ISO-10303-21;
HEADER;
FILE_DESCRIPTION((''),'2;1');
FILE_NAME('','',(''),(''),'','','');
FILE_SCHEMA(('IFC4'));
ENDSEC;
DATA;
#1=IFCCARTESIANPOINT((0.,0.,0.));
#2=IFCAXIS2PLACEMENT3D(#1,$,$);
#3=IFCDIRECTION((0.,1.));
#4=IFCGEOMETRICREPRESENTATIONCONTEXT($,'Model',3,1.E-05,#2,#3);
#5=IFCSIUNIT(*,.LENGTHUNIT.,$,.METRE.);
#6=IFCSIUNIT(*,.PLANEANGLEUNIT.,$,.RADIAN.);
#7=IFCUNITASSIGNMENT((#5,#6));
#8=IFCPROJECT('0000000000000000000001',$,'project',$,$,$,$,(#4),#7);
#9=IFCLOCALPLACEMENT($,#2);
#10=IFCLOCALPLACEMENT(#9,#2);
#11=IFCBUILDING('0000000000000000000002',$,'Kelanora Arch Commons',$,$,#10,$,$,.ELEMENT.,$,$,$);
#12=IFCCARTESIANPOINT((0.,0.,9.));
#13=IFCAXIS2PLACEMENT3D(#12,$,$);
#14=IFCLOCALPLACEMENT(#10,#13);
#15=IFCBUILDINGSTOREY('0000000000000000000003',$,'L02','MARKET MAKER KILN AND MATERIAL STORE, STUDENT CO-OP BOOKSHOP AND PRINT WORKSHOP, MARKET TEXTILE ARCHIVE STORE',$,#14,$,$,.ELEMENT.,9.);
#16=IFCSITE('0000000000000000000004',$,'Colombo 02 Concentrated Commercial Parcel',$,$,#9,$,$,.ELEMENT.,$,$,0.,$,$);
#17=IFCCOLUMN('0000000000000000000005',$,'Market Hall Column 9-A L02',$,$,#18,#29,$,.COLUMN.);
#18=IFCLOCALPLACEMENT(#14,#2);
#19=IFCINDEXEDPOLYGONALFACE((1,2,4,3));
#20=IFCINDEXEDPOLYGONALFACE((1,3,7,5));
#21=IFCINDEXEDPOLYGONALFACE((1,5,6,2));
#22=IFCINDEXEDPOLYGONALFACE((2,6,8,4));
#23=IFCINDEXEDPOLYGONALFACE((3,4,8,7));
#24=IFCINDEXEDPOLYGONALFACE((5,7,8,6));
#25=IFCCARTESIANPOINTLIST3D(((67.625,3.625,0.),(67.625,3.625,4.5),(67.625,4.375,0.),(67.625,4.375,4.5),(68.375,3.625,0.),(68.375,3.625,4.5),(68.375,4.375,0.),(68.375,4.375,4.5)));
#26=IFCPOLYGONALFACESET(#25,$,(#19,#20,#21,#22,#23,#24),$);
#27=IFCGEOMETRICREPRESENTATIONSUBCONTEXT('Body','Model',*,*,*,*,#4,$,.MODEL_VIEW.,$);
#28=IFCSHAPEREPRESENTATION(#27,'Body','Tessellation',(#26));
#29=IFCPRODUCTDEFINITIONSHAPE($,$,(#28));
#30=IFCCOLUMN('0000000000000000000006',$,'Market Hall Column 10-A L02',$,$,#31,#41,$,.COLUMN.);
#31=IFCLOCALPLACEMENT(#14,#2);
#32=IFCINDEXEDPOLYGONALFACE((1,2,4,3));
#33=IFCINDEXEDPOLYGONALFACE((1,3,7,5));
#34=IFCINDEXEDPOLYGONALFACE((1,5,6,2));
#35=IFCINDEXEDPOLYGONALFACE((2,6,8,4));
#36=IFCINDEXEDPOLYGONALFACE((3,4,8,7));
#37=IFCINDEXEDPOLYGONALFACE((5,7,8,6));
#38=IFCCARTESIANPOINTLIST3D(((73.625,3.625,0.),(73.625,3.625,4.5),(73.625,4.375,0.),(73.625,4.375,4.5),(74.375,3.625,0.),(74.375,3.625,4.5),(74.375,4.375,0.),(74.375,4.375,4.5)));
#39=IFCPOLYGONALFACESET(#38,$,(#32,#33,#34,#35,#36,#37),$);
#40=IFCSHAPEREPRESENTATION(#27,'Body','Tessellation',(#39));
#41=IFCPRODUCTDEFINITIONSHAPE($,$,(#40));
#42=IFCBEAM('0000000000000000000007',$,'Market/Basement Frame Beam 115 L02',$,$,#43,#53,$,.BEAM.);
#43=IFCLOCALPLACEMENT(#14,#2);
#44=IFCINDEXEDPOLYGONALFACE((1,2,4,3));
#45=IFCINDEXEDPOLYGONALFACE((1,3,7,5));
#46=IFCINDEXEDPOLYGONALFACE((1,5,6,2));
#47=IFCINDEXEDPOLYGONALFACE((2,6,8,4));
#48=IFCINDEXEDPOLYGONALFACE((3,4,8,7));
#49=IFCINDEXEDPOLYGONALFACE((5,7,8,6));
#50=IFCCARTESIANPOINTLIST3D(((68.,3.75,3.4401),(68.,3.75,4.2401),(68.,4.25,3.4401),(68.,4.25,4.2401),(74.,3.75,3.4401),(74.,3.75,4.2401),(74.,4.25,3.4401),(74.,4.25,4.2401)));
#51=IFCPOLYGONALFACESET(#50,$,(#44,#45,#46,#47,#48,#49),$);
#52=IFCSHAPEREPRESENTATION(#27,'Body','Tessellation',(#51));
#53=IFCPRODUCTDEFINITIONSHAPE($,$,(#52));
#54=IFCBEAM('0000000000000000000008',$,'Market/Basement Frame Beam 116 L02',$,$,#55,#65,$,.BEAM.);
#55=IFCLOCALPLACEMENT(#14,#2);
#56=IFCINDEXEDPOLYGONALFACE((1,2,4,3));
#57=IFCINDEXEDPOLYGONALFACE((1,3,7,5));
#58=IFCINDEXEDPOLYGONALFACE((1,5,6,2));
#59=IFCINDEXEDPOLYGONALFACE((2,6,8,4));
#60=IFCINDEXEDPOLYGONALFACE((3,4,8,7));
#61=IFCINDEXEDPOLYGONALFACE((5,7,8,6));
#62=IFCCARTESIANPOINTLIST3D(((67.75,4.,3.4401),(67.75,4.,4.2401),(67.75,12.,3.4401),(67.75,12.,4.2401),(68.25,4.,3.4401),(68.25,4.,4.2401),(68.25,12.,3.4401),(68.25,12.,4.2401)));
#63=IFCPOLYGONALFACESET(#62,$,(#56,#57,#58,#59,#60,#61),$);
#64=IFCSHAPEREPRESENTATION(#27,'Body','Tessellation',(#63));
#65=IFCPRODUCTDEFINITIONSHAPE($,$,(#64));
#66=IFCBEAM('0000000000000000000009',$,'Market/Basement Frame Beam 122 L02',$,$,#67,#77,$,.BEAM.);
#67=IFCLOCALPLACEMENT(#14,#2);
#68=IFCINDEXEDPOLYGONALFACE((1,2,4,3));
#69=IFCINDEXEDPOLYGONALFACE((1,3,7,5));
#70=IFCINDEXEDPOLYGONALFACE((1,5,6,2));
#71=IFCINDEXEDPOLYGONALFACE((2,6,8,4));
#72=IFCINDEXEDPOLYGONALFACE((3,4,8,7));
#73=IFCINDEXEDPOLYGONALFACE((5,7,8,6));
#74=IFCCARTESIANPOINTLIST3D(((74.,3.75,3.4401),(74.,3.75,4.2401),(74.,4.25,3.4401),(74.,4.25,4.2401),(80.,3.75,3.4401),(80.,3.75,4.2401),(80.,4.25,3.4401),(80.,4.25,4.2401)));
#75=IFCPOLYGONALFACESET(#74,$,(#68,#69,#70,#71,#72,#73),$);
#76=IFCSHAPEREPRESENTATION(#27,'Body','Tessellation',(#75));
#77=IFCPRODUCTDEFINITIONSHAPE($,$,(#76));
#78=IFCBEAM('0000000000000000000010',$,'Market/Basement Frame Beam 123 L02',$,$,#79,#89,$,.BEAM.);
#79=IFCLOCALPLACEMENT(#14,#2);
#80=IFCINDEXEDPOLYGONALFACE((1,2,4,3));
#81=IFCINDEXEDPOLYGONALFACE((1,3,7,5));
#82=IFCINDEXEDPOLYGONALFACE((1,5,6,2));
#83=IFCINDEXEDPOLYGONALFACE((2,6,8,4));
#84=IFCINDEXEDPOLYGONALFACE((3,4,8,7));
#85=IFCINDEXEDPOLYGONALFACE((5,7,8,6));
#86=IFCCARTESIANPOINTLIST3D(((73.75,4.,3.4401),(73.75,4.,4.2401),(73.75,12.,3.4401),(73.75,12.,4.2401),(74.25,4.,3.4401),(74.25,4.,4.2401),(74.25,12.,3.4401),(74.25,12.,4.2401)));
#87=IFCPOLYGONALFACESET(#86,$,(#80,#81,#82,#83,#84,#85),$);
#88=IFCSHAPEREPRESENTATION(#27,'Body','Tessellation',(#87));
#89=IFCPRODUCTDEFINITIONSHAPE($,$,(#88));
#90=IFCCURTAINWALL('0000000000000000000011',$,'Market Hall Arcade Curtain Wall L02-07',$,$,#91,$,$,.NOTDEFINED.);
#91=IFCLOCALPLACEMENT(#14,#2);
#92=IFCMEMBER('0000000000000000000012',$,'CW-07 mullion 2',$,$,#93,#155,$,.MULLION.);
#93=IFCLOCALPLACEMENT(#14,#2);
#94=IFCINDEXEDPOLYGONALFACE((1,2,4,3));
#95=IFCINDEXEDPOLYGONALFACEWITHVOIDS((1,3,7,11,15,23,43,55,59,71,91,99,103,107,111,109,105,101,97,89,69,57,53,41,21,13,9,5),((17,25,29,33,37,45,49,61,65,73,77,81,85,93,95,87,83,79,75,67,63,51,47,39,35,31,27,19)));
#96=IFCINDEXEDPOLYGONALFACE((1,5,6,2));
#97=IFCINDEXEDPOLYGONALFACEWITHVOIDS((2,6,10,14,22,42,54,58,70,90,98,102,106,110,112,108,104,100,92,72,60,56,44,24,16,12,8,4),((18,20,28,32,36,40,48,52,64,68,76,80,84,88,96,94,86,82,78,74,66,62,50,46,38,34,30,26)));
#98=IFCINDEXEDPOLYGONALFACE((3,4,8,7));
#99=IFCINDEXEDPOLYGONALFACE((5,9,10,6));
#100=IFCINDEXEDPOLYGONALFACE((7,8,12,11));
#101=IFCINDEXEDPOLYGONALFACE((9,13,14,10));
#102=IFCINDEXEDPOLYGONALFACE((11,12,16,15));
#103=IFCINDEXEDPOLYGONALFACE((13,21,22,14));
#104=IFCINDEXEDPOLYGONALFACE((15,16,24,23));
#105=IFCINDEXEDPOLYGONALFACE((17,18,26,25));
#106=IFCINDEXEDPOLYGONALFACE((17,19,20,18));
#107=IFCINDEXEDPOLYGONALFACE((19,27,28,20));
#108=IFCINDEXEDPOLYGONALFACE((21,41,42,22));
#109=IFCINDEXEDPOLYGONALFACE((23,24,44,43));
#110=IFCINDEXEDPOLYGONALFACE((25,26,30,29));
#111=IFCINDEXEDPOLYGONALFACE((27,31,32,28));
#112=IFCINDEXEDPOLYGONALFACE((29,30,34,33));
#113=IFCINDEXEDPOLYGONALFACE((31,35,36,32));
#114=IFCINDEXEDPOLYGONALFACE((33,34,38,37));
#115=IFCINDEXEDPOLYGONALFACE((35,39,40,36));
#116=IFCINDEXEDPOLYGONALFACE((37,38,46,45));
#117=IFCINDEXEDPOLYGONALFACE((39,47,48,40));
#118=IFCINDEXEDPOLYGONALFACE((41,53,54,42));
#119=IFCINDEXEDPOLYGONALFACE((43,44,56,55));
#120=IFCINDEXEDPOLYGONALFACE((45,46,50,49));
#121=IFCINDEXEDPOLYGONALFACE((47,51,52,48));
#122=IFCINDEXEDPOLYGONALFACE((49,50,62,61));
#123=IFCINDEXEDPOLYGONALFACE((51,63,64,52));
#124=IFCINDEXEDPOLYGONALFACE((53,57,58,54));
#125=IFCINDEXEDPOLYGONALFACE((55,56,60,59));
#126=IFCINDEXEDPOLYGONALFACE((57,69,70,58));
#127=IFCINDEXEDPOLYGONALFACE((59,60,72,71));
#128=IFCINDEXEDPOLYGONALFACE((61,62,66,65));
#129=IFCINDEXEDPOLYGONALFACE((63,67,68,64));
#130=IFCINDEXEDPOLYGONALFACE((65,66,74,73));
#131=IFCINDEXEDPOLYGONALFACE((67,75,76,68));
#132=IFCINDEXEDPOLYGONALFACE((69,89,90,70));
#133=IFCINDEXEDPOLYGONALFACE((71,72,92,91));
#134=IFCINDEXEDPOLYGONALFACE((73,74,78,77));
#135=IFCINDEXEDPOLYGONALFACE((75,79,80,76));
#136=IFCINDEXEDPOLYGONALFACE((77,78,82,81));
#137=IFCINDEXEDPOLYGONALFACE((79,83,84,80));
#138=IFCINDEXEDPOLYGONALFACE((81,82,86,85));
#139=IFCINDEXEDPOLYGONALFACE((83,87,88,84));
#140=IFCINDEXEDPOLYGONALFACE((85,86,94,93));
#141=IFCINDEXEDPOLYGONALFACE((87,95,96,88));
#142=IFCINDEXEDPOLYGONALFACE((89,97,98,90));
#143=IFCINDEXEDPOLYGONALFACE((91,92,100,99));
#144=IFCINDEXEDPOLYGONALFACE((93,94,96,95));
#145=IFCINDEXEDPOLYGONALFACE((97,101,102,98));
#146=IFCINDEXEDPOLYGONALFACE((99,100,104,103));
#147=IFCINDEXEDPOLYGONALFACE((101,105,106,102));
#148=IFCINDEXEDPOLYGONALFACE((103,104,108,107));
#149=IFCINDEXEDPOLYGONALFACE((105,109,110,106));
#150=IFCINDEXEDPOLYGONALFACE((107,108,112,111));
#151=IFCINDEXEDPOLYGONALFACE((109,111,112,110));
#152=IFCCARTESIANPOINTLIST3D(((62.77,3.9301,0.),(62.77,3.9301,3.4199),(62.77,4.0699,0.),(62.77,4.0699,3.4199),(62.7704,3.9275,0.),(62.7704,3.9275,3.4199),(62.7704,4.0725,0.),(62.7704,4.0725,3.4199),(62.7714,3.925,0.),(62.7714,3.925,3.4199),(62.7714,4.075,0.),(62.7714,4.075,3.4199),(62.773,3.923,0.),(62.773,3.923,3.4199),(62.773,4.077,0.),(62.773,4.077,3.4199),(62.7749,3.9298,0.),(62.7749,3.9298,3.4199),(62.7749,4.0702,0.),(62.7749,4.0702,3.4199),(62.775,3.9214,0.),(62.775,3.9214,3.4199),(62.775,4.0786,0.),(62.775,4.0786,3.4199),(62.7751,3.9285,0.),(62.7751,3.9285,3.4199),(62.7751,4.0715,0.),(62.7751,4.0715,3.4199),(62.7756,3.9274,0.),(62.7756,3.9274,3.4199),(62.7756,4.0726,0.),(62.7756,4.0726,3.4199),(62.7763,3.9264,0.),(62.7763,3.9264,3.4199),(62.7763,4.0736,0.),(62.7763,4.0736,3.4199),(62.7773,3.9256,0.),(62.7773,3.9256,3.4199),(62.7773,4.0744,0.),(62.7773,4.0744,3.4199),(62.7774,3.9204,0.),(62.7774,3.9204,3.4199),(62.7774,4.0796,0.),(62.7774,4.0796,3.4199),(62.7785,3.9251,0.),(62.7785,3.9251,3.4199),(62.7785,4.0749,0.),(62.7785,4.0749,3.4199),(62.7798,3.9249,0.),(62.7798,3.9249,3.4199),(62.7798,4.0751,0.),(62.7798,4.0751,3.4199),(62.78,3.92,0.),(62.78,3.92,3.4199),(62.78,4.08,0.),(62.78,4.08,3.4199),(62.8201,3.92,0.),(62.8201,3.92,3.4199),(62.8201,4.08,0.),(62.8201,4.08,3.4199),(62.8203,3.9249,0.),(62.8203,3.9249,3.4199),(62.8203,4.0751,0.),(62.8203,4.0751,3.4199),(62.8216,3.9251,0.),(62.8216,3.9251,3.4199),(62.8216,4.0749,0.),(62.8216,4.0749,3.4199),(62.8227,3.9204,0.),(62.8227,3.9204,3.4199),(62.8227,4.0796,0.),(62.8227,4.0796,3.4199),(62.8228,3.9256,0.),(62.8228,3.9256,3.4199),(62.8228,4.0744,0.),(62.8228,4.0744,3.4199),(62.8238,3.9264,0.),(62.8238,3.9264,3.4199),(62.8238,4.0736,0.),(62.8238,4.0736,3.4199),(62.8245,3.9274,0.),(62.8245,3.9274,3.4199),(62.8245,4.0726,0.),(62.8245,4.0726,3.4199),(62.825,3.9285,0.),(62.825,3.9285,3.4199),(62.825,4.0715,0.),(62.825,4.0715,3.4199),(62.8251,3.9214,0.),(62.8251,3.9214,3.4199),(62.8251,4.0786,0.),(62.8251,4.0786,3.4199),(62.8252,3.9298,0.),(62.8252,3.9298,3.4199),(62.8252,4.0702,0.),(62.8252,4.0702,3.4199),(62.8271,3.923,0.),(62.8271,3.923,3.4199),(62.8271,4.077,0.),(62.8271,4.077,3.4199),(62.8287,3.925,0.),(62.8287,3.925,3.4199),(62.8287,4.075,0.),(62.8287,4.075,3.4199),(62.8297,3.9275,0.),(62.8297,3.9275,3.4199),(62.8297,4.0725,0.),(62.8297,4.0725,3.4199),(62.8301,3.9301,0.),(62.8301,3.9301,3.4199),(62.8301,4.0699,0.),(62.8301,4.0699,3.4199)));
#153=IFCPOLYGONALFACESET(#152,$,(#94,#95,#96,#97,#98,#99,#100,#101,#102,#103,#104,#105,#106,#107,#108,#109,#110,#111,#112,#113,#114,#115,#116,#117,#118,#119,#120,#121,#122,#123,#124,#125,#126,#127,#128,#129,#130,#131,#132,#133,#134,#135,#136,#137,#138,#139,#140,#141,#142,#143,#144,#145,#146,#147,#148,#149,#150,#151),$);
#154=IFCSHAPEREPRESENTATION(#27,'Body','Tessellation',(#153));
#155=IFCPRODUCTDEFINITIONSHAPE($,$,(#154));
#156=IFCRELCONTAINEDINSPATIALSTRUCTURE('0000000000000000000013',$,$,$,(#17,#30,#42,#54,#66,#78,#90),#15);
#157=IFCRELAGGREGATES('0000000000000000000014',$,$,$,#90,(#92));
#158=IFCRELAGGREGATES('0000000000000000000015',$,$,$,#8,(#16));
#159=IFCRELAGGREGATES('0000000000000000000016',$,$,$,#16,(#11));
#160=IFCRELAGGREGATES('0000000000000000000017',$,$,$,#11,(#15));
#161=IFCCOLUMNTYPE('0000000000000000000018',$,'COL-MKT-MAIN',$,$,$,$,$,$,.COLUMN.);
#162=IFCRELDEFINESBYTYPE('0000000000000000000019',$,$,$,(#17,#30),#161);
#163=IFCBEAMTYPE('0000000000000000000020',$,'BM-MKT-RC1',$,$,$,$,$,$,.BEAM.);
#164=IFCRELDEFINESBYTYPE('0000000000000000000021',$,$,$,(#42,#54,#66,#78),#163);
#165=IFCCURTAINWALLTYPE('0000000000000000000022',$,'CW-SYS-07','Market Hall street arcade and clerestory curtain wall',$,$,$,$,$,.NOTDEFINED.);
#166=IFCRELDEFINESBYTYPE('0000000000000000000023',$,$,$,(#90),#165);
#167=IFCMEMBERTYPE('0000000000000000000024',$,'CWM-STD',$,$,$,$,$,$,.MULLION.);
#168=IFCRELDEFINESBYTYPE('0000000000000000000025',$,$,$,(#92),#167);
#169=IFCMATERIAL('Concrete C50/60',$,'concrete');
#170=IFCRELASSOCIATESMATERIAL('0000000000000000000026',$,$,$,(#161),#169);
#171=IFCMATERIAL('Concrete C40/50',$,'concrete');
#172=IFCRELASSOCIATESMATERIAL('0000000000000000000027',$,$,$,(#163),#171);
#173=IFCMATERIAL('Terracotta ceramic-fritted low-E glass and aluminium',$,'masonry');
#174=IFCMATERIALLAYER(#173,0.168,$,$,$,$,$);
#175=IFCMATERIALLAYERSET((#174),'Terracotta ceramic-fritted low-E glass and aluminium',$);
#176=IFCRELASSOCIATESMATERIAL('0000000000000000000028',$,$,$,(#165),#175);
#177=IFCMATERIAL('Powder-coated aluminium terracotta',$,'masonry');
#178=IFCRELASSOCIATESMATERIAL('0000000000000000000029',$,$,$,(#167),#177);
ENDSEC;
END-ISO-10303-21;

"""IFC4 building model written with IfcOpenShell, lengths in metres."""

from ifc_helpers import new_model, si_unit, direction, frame, origin, origin_2d, place, context, subcontext, project, spatial, rectangle, hollow_rectangle, extrude, material, layer, layer_set, material_profile, profile_set, type_object, element, aggregate, save


model = new_model("IFC4")

# Units and contexts
model_context = context("Model", 3, precision=1e-05, world=origin(), true_north=direction((0.0, 1.0)))
body_context = subcontext(model_context, "Body", "Model", "MODEL_VIEW")
ifc_project = project(units=[si_unit("LENGTHUNIT", "METRE"), si_unit("PLANEANGLEUNIT", "RADIAN")], contexts=[model_context])

# Site, building, storey
site_placement = place(None, origin())
site = spatial("IfcSite", under=ifc_project, at=site_placement, Name="Colombo 02 Concentrated Commercial Parcel", CompositionType="ELEMENT", RefElevation=0.0)
building_placement = place(site_placement, origin())
building = spatial("IfcBuilding", under=site, at=building_placement, Name="Kelanora Arch Commons", CompositionType="ELEMENT")
storey_placement = place(building_placement, frame((0.0, 0.0, 9.0)))
storey = spatial("IfcBuildingStorey", under=building, at=storey_placement, Name="L02", Description="MARKET MAKER KILN AND MATERIAL STORE, STUDENT CO-OP BOOKSHOP AND PRINT WORKSHOP, MARKET TEXTILE ARCHIVE STORE", CompositionType="ELEMENT", Elevation=9.0)

# Columns
ifc_material_1 = material(Name="Concrete C50/60", Category="concrete")
ifc_material_profile_1 = material_profile(ifc_material_1, rectangle(XDim=0.75, YDim=0.75, at=origin_2d()), Name="RC750x750")
ifc_profile_set_1 = profile_set([ifc_material_profile_1], Name="Concrete C50/60")
column_type = type_object("IfcColumnType", Name="COL-MKT-MAIN", PredefinedType="COLUMN", material=ifc_profile_set_1)
for number, where, z_axis, x_axis, name in (
    (1, (68.0, 4.0, 0.0), (0.0, 0.0, 1.0), (1.0, 0.0, 0.0), "Market Hall Column 9-A L02"),
    (2, (74.0, 4.0, 0.0), (0.0, 0.0, 1.0), (1.0, 0.0, 0.0), "Market Hall Column 10-A L02"),
):
    element("IfcColumn", number, at=place(storey_placement, frame(where, z_axis=z_axis, x_axis=x_axis)), inside=storey, type_object=column_type, Name=name, PredefinedType="COLUMN", context=body_context, shape_type="SweptSolid", body=[
        extrude(rectangle(XDim=0.75, YDim=0.75, at=origin_2d()), origin(), (0.0, 0.0, 1.0), 4.5),
    ])

# Beams
ifc_material_2 = material(Name="Concrete C40/50", Category="concrete")
ifc_material_profile_2 = material_profile(ifc_material_2, rectangle(XDim=0.5, YDim=0.8, at=origin_2d()), Name="RCB500x800")
ifc_profile_set_2 = profile_set([ifc_material_profile_2], Name="Concrete C40/50")
beam_type = type_object("IfcBeamType", Name="BM-MKT-RC1", PredefinedType="BEAM", material=ifc_profile_set_2)
beam_1_placement = place(storey_placement, frame((68.0, 4.0, 3.8401), z_axis=(1.0, 0.0, 0.0), x_axis=(0.0, 1.0, 0.0)))
element("IfcBeam", 3, at=beam_1_placement, inside=storey, type_object=beam_type, Name="Market/Basement Frame Beam 115 L02", PredefinedType="BEAM", context=body_context, shape_type="SweptSolid", body=[
    extrude(rectangle(XDim=0.5, YDim=0.8, at=origin_2d()), origin(), (0.0, 0.0, 1.0), 6.0),
])
beam_2_placement = place(storey_placement, frame((68.0, 4.0, 3.8401), z_axis=(0.0, 1.0, 0.0), x_axis=(-1.0, 0.0, 0.0)))
element("IfcBeam", 4, at=beam_2_placement, inside=storey, type_object=beam_type, Name="Market/Basement Frame Beam 116 L02", PredefinedType="BEAM", context=body_context, shape_type="SweptSolid", body=[
    extrude(rectangle(XDim=0.5, YDim=0.8, at=origin_2d()), origin(), (0.0, 0.0, 1.0), 8.0),
])
beam_3_placement = place(storey_placement, frame((74.0, 4.0, 3.8401), z_axis=(1.0, 0.0, 0.0), x_axis=(0.0, 1.0, 0.0)))
element("IfcBeam", 5, at=beam_3_placement, inside=storey, type_object=beam_type, Name="Market/Basement Frame Beam 122 L02", PredefinedType="BEAM", context=body_context, shape_type="SweptSolid", body=[
    extrude(rectangle(XDim=0.5, YDim=0.8, at=origin_2d()), origin(), (0.0, 0.0, 1.0), 6.0),
])
beam_4_placement = place(storey_placement, frame((74.0, 4.0, 3.8401), z_axis=(0.0, 1.0, 0.0), x_axis=(-1.0, 0.0, 0.0)))
element("IfcBeam", 6, at=beam_4_placement, inside=storey, type_object=beam_type, Name="Market/Basement Frame Beam 123 L02", PredefinedType="BEAM", context=body_context, shape_type="SweptSolid", body=[
    extrude(rectangle(XDim=0.5, YDim=0.8, at=origin_2d()), origin(), (0.0, 0.0, 1.0), 8.0),
])

# Curtain wall, member
ifc_material_3 = material(Name="Terracotta ceramic-fritted low-E glass and aluminium", Category="masonry")
ifc_layer_1 = layer(ifc_material_3, 0.168)
ifc_layer_set_1 = layer_set([ifc_layer_1], Name="Terracotta ceramic-fritted low-E glass and aluminium")
curtain_wall_type = type_object("IfcCurtainWallType", Name="CW-SYS-07", Description="Market Hall street arcade and clerestory curtain wall", PredefinedType="NOTDEFINED", material=ifc_layer_set_1)
curtain_wall_placement = place(storey_placement, origin())
curtain_wall = element("IfcCurtainWall", 7, at=curtain_wall_placement, inside=storey, type_object=curtain_wall_type, Name="Market Hall Arcade Curtain Wall L02-07", PredefinedType="NOTDEFINED")
ifc_material_4 = material(Name="Powder-coated aluminium terracotta", Category="masonry")
ifc_material_profile_3 = material_profile(ifc_material_4, hollow_rectangle(XDim=0.1599, YDim=0.0601, WallThickness=0.0049, InnerFilletRadius=0.0049, OuterFilletRadius=0.01, at=origin_2d()), Name="CWM160x60")
ifc_profile_set_3 = profile_set([ifc_material_profile_3], Name="Powder-coated aluminium terracotta")
member_type_1 = type_object("IfcMemberType", Name="CWM-STD", PredefinedType="MULLION", material=ifc_profile_set_3)
member_1_placement = place(storey_placement, frame((62.8, 4.0, 0.0), z_axis=(0.0, 0.0, 1.0), x_axis=(0.0, 1.0, 0.0)))
member_1 = element("IfcMember", 8, at=member_1_placement, type_object=member_type_1, Name="CW-07 mullion 2", PredefinedType="MULLION", context=body_context, shape_type="SweptSolid", body=[
    extrude(hollow_rectangle(XDim=0.1599, YDim=0.0601, WallThickness=0.0049, InnerFilletRadius=0.0049, OuterFilletRadius=0.01, at=origin_2d()), origin(), (0.0, 0.0, 1.0), 3.4199),
])

aggregate(curtain_wall, [member_1])

save(model, "model.ifc")
